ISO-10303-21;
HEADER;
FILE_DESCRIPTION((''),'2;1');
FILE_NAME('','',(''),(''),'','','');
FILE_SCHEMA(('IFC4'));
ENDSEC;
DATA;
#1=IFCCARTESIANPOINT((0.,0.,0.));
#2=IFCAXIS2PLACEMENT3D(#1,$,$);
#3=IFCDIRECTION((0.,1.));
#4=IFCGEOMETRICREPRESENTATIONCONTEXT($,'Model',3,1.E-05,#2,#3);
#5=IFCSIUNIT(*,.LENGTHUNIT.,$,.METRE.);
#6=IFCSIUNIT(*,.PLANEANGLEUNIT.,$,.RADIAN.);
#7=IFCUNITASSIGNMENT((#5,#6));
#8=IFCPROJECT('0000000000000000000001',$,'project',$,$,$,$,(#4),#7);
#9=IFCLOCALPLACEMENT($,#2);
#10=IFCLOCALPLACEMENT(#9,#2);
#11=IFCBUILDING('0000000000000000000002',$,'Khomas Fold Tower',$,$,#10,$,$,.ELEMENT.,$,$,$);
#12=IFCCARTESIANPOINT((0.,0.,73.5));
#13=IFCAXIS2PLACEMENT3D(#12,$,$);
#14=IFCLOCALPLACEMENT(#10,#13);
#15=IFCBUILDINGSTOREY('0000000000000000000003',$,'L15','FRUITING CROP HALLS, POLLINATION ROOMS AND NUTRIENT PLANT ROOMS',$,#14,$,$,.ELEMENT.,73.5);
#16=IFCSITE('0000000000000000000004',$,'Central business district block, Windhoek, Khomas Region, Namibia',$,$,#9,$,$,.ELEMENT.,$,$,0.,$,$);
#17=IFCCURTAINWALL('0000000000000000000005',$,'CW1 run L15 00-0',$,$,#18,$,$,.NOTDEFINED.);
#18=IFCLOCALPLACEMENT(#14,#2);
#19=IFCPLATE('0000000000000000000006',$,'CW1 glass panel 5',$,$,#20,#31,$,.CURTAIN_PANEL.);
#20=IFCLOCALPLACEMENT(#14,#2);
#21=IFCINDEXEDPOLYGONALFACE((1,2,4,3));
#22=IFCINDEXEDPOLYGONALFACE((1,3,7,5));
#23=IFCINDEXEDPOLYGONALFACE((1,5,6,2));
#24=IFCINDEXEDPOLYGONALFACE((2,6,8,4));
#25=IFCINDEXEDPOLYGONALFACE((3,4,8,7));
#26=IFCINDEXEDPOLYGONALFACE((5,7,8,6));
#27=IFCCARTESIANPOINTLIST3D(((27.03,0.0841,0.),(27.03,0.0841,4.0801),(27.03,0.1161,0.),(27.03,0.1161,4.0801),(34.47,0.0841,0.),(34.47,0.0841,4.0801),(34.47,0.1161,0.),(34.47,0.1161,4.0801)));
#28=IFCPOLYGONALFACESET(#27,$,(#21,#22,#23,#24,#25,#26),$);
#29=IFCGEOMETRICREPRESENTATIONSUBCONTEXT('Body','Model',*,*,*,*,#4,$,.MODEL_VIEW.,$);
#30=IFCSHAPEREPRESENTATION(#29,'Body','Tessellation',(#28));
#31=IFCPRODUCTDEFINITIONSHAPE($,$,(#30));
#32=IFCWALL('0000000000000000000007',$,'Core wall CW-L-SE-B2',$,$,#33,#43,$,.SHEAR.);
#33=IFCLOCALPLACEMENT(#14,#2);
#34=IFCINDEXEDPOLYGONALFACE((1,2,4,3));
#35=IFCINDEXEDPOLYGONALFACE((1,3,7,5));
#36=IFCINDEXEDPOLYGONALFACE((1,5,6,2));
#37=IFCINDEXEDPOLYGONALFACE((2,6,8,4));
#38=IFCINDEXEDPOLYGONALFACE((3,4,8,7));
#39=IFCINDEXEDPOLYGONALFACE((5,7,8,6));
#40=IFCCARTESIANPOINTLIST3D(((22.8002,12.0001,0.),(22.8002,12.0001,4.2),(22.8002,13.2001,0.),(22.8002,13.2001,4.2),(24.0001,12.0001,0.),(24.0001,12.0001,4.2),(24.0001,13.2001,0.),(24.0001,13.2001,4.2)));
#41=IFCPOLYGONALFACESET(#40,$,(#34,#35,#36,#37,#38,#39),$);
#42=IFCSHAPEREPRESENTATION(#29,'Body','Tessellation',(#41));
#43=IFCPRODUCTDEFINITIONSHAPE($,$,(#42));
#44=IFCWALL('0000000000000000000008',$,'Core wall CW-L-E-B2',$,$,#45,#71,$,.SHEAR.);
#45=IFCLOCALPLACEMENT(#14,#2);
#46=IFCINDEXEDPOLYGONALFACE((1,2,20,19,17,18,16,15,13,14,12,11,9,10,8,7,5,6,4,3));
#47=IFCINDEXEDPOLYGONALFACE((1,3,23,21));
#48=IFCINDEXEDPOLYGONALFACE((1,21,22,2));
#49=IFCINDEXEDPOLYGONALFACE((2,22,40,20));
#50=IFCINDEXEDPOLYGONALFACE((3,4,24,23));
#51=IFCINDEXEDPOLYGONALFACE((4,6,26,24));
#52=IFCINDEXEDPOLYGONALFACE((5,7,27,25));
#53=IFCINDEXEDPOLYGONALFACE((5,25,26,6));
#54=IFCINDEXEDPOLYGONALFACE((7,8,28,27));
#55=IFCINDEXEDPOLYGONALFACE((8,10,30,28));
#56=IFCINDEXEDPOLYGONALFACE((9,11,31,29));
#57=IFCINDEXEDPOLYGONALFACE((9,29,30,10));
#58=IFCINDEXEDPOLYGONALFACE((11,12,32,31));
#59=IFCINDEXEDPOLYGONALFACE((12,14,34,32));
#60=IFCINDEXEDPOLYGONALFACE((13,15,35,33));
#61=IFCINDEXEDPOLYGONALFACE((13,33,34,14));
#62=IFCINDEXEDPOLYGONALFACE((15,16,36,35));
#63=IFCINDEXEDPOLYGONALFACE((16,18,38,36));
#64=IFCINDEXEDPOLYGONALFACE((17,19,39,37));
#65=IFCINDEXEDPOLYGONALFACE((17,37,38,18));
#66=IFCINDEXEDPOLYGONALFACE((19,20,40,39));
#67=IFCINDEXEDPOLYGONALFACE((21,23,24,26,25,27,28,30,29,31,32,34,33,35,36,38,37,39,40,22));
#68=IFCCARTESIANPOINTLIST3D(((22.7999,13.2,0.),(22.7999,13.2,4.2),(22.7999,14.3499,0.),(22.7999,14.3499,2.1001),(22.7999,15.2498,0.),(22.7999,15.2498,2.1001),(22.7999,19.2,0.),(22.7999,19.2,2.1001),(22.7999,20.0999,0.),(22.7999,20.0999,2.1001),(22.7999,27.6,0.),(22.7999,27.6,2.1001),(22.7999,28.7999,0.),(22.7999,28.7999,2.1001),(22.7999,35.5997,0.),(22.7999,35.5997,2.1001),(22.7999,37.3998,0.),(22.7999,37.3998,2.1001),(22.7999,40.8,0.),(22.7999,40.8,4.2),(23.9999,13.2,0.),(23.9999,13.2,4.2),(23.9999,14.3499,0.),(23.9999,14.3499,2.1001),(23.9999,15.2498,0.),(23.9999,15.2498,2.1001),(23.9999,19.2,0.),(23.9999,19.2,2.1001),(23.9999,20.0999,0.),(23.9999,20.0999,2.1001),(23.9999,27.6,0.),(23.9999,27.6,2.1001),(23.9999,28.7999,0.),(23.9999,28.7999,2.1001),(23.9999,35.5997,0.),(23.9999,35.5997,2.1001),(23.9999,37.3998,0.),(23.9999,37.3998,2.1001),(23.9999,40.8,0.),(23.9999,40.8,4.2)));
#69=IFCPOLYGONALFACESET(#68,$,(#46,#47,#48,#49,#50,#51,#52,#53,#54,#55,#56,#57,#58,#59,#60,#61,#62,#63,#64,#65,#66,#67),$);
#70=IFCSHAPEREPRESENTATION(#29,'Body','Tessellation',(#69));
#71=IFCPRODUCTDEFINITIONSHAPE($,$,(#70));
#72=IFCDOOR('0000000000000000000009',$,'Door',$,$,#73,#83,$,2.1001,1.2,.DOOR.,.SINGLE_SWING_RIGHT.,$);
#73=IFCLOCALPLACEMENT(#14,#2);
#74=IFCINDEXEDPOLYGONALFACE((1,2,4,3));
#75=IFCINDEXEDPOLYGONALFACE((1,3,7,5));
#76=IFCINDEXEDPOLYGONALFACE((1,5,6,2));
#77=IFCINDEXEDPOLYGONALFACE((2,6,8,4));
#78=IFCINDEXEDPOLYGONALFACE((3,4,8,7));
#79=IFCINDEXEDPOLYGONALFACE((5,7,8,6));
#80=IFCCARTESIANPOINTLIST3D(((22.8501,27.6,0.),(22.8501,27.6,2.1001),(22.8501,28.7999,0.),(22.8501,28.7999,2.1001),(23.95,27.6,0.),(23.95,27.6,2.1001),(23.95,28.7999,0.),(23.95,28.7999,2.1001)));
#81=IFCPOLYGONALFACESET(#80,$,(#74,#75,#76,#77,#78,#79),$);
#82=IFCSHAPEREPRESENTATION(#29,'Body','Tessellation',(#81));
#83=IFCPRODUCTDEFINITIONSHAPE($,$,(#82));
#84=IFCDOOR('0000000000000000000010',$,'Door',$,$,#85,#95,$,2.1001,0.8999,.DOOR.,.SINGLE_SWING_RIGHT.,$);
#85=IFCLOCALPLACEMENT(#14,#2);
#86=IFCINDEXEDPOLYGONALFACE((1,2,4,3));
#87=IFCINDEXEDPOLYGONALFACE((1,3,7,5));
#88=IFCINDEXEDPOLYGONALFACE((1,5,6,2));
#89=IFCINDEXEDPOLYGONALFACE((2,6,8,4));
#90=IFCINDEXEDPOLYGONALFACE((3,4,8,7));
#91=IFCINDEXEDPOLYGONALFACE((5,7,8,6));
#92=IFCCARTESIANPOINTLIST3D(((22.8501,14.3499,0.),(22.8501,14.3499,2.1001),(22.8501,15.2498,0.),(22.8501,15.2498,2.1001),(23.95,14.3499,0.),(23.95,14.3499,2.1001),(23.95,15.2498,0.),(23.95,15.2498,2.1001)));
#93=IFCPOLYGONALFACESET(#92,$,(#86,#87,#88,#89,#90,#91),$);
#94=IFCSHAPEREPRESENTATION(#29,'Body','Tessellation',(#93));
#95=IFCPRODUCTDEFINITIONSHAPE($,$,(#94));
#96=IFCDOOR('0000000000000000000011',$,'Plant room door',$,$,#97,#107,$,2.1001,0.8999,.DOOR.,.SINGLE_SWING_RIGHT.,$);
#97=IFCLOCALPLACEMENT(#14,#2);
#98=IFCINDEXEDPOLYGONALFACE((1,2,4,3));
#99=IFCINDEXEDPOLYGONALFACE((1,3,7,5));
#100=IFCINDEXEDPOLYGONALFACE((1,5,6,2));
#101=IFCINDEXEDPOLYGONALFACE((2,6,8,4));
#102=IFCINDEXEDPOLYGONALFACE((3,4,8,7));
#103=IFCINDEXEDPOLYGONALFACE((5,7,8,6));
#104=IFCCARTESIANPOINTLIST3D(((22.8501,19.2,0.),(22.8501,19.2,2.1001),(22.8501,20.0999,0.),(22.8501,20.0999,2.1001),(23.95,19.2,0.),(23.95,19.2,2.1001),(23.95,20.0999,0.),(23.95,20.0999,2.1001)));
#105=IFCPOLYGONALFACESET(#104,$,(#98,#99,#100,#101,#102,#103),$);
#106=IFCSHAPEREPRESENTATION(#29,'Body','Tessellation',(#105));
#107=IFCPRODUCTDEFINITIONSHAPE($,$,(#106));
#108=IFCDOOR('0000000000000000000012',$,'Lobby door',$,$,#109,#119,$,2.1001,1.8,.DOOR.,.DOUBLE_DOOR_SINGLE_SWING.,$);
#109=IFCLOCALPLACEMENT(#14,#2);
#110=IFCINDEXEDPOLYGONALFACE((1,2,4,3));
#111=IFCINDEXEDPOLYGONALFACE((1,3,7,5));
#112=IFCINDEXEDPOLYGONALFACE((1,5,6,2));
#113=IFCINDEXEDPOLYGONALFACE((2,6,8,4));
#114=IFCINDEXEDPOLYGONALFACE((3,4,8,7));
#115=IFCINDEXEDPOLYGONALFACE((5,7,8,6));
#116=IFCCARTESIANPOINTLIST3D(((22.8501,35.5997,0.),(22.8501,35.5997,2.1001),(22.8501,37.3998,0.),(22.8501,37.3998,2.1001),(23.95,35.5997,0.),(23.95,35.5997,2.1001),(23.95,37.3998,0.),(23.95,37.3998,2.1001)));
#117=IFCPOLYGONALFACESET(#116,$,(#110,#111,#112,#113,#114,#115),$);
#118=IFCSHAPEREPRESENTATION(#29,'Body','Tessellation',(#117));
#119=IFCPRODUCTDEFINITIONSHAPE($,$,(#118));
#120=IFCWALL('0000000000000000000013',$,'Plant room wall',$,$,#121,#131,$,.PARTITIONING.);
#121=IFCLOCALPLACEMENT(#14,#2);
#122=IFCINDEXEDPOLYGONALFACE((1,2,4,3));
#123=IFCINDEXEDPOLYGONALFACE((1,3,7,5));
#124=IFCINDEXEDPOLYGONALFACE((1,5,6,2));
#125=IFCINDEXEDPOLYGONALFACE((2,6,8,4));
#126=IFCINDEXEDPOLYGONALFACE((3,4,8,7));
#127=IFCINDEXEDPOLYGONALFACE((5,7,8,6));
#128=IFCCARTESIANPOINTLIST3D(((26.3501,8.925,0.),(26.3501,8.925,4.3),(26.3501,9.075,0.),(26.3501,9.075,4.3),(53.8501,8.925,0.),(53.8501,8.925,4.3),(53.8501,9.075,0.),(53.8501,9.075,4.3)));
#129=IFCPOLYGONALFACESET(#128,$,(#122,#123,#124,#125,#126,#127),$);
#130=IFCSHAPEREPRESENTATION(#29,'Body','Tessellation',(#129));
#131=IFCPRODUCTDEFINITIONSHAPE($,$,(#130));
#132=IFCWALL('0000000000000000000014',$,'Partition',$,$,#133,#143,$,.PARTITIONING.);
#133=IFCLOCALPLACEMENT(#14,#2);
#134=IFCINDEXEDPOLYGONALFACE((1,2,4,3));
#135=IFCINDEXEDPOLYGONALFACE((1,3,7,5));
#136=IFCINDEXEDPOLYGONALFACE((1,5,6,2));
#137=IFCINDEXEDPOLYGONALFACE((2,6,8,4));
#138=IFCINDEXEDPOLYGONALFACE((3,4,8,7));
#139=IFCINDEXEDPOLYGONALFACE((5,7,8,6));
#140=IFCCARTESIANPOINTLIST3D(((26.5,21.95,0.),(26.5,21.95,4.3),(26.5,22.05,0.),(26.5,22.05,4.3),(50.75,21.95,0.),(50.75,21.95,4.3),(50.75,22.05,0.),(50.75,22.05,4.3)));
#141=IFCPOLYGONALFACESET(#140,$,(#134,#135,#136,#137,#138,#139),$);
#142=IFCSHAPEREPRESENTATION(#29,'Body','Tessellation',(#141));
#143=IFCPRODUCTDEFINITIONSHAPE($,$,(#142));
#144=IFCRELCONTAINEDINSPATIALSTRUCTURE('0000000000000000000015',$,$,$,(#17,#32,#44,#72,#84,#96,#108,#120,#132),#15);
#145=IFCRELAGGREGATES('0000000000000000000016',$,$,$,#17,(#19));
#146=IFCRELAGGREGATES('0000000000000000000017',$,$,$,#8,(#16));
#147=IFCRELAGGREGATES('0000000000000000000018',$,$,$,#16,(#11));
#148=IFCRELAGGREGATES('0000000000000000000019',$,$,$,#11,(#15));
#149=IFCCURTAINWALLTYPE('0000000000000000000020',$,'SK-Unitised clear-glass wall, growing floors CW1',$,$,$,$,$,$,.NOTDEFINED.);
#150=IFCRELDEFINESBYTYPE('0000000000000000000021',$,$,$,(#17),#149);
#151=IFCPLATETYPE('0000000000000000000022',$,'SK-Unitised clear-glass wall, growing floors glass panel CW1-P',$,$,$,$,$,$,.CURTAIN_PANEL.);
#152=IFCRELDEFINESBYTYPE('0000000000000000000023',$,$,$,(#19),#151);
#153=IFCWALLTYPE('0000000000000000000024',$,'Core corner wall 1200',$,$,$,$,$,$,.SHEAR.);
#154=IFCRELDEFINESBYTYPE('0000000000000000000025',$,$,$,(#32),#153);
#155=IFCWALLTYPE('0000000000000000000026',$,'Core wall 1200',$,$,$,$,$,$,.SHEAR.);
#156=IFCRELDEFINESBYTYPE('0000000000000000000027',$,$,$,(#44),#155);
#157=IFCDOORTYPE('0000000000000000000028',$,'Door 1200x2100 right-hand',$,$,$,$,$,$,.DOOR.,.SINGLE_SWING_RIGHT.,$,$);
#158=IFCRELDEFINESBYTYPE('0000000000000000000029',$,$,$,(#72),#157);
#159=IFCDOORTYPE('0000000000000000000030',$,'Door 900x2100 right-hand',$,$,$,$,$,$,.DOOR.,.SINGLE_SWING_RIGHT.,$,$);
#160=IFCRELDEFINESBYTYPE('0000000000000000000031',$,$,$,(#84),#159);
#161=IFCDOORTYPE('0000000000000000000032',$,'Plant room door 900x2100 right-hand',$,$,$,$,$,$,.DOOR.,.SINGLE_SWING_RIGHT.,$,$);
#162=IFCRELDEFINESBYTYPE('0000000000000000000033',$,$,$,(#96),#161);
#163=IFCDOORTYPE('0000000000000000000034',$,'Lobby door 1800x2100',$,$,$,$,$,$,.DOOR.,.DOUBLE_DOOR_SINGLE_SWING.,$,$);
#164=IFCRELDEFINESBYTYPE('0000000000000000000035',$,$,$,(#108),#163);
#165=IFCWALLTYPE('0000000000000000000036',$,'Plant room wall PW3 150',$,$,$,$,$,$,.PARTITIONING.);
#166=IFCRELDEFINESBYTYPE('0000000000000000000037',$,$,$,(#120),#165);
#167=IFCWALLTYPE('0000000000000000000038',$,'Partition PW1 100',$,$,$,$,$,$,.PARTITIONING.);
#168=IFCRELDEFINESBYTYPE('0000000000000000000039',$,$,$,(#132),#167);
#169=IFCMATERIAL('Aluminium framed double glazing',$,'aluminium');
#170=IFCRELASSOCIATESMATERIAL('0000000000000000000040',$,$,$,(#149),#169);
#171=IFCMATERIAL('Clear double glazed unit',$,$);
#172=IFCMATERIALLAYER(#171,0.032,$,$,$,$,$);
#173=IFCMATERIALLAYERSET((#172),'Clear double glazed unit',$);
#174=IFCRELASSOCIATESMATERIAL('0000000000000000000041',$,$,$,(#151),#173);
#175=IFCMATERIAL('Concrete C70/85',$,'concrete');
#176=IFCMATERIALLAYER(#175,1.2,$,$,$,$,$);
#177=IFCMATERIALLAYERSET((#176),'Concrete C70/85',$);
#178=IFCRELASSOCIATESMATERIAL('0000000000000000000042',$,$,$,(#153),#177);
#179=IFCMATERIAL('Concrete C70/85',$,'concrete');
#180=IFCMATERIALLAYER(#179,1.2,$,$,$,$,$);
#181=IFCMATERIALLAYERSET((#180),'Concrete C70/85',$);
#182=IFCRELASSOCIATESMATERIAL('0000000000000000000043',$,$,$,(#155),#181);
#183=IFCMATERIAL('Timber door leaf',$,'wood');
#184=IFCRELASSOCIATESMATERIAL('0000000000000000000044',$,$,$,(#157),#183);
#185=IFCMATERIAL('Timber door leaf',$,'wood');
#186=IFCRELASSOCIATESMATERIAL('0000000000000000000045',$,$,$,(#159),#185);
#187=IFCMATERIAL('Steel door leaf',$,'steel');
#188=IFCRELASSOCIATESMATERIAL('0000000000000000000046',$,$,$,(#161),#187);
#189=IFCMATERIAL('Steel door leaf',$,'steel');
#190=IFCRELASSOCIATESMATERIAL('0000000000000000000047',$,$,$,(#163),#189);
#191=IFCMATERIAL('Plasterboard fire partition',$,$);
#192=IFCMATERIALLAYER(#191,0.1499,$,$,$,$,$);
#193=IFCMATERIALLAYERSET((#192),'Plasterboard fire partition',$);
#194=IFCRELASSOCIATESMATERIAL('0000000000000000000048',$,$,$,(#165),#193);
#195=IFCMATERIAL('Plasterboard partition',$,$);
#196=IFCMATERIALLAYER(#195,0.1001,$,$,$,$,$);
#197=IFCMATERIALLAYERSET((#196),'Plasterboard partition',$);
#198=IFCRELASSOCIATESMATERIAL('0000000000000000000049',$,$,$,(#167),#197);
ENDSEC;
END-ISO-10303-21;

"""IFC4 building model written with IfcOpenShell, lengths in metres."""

from ifc_helpers import new_model, si_unit, direction, frame, frame_2d, origin, origin_2d, place, context, subcontext, project, spatial, rectangle, extrude, source, transform, mapped, material, layer, layer_set, type_object, element, fill, aggregate, save


model = new_model("IFC4")

# Units and contexts
model_context = context("Model", 3, precision=1e-05, world=origin(), true_north=direction((0.0, 1.0)))
body_context = subcontext(model_context, "Body", "Model", "MODEL_VIEW")
ifc_project = project(units=[si_unit("LENGTHUNIT", "METRE"), si_unit("PLANEANGLEUNIT", "RADIAN")], contexts=[model_context])

# Site, building, storey
site_placement = place(None, origin())
site = spatial("IfcSite", under=ifc_project, at=site_placement, Name="Central business district block, Windhoek, Khomas Region, Namibia", CompositionType="ELEMENT", RefElevation=0.0)
building_placement = place(site_placement, origin())
building = spatial("IfcBuilding", under=site, at=building_placement, Name="Khomas Fold Tower", CompositionType="ELEMENT")
storey_placement = place(building_placement, frame((0.0, 0.0, 73.5)))
storey = spatial("IfcBuildingStorey", under=building, at=storey_placement, Name="L15", Description="FRUITING CROP HALLS, POLLINATION ROOMS AND NUTRIENT PLANT ROOMS", CompositionType="ELEMENT", Elevation=73.5)

# Curtain wall, plate
ifc_material_1 = material(Name="Aluminium framed double glazing", Category="aluminium")
curtain_wall_type = type_object("IfcCurtainWallType", Name="SK-Unitised clear-glass wall, growing floors CW1", PredefinedType="NOTDEFINED", material=ifc_material_1)
curtain_wall_placement = place(storey_placement, origin())
curtain_wall = element("IfcCurtainWall", 1, at=curtain_wall_placement, inside=storey, type_object=curtain_wall_type, Name="CW1 run L15 00-0", PredefinedType="NOTDEFINED")
ifc_material_2 = material(Name="Clear double glazed unit")
ifc_layer_1 = layer(ifc_material_2, 0.032)
ifc_layer_set_1 = layer_set([ifc_layer_1], Name="Clear double glazed unit")
plate_type = type_object("IfcPlateType", Name="SK-Unitised clear-glass wall, growing floors glass panel CW1-P", PredefinedType="CURTAIN_PANEL", material=ifc_layer_set_1)
shared_shape_1 = source(origin(), body_context, "Body", "SweptSolid", [
    extrude(rectangle(XDim=7.4399, YDim=0.032, at=origin_2d()), origin(), (0.0, 0.0, 1.0), 4.0801),
])
plate_placement = place(storey_placement, frame((30.75, 0.1001, 0.0), z_axis=(0.0, 0.0, 1.0), x_axis=(1.0, 0.0, 0.0)))
plate = element("IfcPlate", 2, at=plate_placement, type_object=plate_type, Name="CW1 glass panel 5", PredefinedType="CURTAIN_PANEL", context=body_context, shape_type="MappedRepresentation", body=[
    mapped(shared_shape_1, transform((0.0, 0.0, 0.0))),
])
aggregate(curtain_wall, [plate])

# Wall
ifc_material_3 = material(Name="Concrete C70/85", Category="concrete")
ifc_layer_2 = layer(ifc_material_3, 1.2)
ifc_layer_set_2 = layer_set([ifc_layer_2], Name="Concrete C70/85")
wall_type_1 = type_object("IfcWallType", Name="Core corner wall 1200", PredefinedType="SHEAR", material=ifc_layer_set_2)
shared_shape_2 = source(origin(), body_context, "Body", "SweptSolid", [
    extrude(rectangle(XDim=1.2, YDim=1.2, at=frame_2d((0.6001, 0.0))), origin(), (0.0, 0.0, 1.0), 4.2),
])
wall_1_placement = place(storey_placement, frame((22.8, 12.6001, 0.0), z_axis=(0.0, 0.0, 1.0), x_axis=(1.0, 0.0, 0.0)))
element("IfcWall", 3, at=wall_1_placement, inside=storey, type_object=wall_type_1, Name="Core wall CW-L-SE-B2", PredefinedType="SHEAR", context=body_context, shape_type="MappedRepresentation", body=[
    mapped(shared_shape_2, transform((0.0, 0.0, 0.0))),
])

# Wall, openings, doors
ifc_material_4 = material(Name="Concrete C70/85", Category="concrete")
ifc_layer_3 = layer(ifc_material_4, 1.2)
ifc_layer_set_3 = layer_set([ifc_layer_3], Name="Concrete C70/85")
wall_type_2 = type_object("IfcWallType", Name="Core wall 1200", PredefinedType="SHEAR", material=ifc_layer_set_3)
shared_shape_3 = source(origin(), body_context, "Body", "SweptSolid", [
    extrude(rectangle(XDim=27.6001, YDim=1.2, at=frame_2d((13.8, 0.0))), origin(), (0.0, 0.0, 1.0), 4.2),
])
wall_2_placement = place(storey_placement, frame((23.3999, 13.2, 0.0), z_axis=(0.0, 0.0, 1.0), x_axis=(0.0, 1.0, 0.0)))
wall_2 = element("IfcWall", 4, at=wall_2_placement, inside=storey, type_object=wall_type_2, Name="Core wall CW-L-E-B2", PredefinedType="SHEAR", context=body_context, shape_type="MappedRepresentation", body=[
    mapped(shared_shape_3, transform((0.0, 0.0, 0.0))),
])
shared_shape_4 = source(origin(), body_context, "Body", "SweptSolid", [
    extrude(rectangle(XDim=1.8, YDim=2.1001, at=frame_2d((0.8999, 1.05))), frame((0.0, 0.6099, 0.0), z_axis=(0.0, -1.0, 0.0), x_axis=(1.0, 0.0, 0.0)), (0.0, 0.0, 1.0), 1.22),
])
opening_1_placement = place(wall_2_placement, frame((22.3999, 0.0, 0.0)))
opening_1 = element("IfcOpeningElement", 5, at=opening_1_placement, cuts=wall_2, PredefinedType="OPENING", context=body_context, shape_type="MappedRepresentation", body=[
    mapped(shared_shape_4, transform((0.0, 0.0, 0.0))),
])
shared_shape_5 = source(origin(), body_context, "Body", "SweptSolid", [
    extrude(rectangle(XDim=1.2, YDim=2.1001, at=frame_2d((0.6001, 1.05))), frame((0.0, 0.6099, 0.0), z_axis=(0.0, -1.0, 0.0), x_axis=(1.0, 0.0, 0.0)), (0.0, 0.0, 1.0), 1.22),
])
opening_2_placement = place(wall_2_placement, frame((14.3999, 0.0, 0.0)))
opening_2 = element("IfcOpeningElement", 6, at=opening_2_placement, cuts=wall_2, PredefinedType="OPENING", context=body_context, shape_type="MappedRepresentation", body=[
    mapped(shared_shape_5, transform((0.0, 0.0, 0.0))),
])
shared_shape_6 = source(origin(), body_context, "Body", "SweptSolid", [
    extrude(rectangle(XDim=0.8999, YDim=2.1001, at=frame_2d((0.45, 1.05))), frame((0.0, 0.6099, 0.0), z_axis=(0.0, -1.0, 0.0), x_axis=(1.0, 0.0, 0.0)), (0.0, 0.0, 1.0), 1.22),
])
opening_3_placement = place(wall_2_placement, frame((1.1499, 0.0, 0.0)))
opening_3 = element("IfcOpeningElement", 7, at=opening_3_placement, cuts=wall_2, PredefinedType="OPENING", context=body_context, shape_type="MappedRepresentation", body=[
    mapped(shared_shape_6, transform((0.0, 0.0, 0.0))),
])
opening_4_placement = place(wall_2_placement, frame((6.0, 0.0, 0.0)))
opening_4 = element("IfcOpeningElement", 8, at=opening_4_placement, cuts=wall_2, PredefinedType="OPENING", context=body_context, shape_type="MappedRepresentation", body=[
    mapped(shared_shape_6, transform((0.0, 0.0, 0.0))),
])
ifc_material_5 = material(Name="Timber door leaf", Category="wood")
door_type_1 = type_object("IfcDoorType", Name="Door 1200x2100 right-hand", OperationType="SINGLE_SWING_RIGHT", PredefinedType="DOOR", material=ifc_material_5)
shared_shape_7 = source(origin(), body_context, "Body", "SweptSolid", [
    extrude(rectangle(XDim=1.2, YDim=2.1001, at=frame_2d((0.6001, 1.05))), frame((0.0, 0.5498, 0.0), z_axis=(0.0, -1.0, 0.0), x_axis=(1.0, 0.0, 0.0)), (0.0, 0.0, 1.0), 1.0999),
])
door_1_placement = place(opening_2_placement, origin())
door_1 = element("IfcDoor", 9, at=door_1_placement, inside=storey, type_object=door_type_1, Name="Door", OperationType="SINGLE_SWING_RIGHT", OverallHeight=2.1001, OverallWidth=1.2, PredefinedType="DOOR", context=body_context, shape_type="MappedRepresentation", body=[
    mapped(shared_shape_7, transform((0.0, 0.0, 0.0))),
])
fill(opening_2, door_1)
ifc_material_6 = material(Name="Timber door leaf", Category="wood")
door_type_2 = type_object("IfcDoorType", Name="Door 900x2100 right-hand", OperationType="SINGLE_SWING_RIGHT", PredefinedType="DOOR", material=ifc_material_6)
shared_shape_8 = source(origin(), body_context, "Body", "SweptSolid", [
    extrude(rectangle(XDim=0.8999, YDim=2.1001, at=frame_2d((0.45, 1.05))), frame((0.0, 0.5498, 0.0), z_axis=(0.0, -1.0, 0.0), x_axis=(1.0, 0.0, 0.0)), (0.0, 0.0, 1.0), 1.0999),
])
door_2_placement = place(opening_3_placement, origin())
door_2 = element("IfcDoor", 10, at=door_2_placement, inside=storey, type_object=door_type_2, Name="Door", OperationType="SINGLE_SWING_RIGHT", OverallHeight=2.1001, OverallWidth=0.8999, PredefinedType="DOOR", context=body_context, shape_type="MappedRepresentation", body=[
    mapped(shared_shape_8, transform((0.0, 0.0, 0.0))),
])
fill(opening_3, door_2)
ifc_material_7 = material(Name="Steel door leaf", Category="steel")
door_type_3 = type_object("IfcDoorType", Name="Plant room door 900x2100 right-hand", OperationType="SINGLE_SWING_RIGHT", PredefinedType="DOOR", material=ifc_material_7)
door_3_placement = place(opening_4_placement, origin())
door_3 = element("IfcDoor", 11, at=door_3_placement, inside=storey, type_object=door_type_3, Name="Plant room door", OperationType="SINGLE_SWING_RIGHT", OverallHeight=2.1001, OverallWidth=0.8999, PredefinedType="DOOR", context=body_context, shape_type="MappedRepresentation", body=[
    mapped(shared_shape_8, transform((0.0, 0.0, 0.0))),
])
fill(opening_4, door_3)
ifc_material_8 = material(Name="Steel door leaf", Category="steel")
door_type_4 = type_object("IfcDoorType", Name="Lobby door 1800x2100", OperationType="DOUBLE_DOOR_SINGLE_SWING", PredefinedType="DOOR", material=ifc_material_8)
shared_shape_9 = source(origin(), body_context, "Body", "SweptSolid", [
    extrude(rectangle(XDim=1.8, YDim=2.1001, at=frame_2d((0.8999, 1.05))), frame((0.0, 0.5498, 0.0), z_axis=(0.0, -1.0, 0.0), x_axis=(1.0, 0.0, 0.0)), (0.0, 0.0, 1.0), 1.0999),
])
door_4_placement = place(opening_1_placement, origin())
door_4 = element("IfcDoor", 12, at=door_4_placement, inside=storey, type_object=door_type_4, Name="Lobby door", OperationType="DOUBLE_DOOR_SINGLE_SWING", OverallHeight=2.1001, OverallWidth=1.8, PredefinedType="DOOR", context=body_context, shape_type="MappedRepresentation", body=[
    mapped(shared_shape_9, transform((0.0, 0.0, 0.0))),
])
fill(opening_1, door_4)

# Walls
ifc_material_9 = material(Name="Plasterboard fire partition")
ifc_layer_4 = layer(ifc_material_9, 0.1499)
ifc_layer_set_4 = layer_set([ifc_layer_4], Name="Plasterboard fire partition")
wall_type_3 = type_object("IfcWallType", Name="Plant room wall PW3 150", PredefinedType="PARTITIONING", material=ifc_layer_set_4)
shared_shape_10 = source(origin(), body_context, "Body", "SweptSolid", [
    extrude(rectangle(XDim=27.5, YDim=0.1499, at=frame_2d((13.75, 0.0))), origin(), (0.0, 0.0, 1.0), 4.3),
])
wall_3_placement = place(storey_placement, frame((26.3501, 9.0, 0.0), z_axis=(0.0, 0.0, 1.0), x_axis=(1.0, 0.0, 0.0)))
element("IfcWall", 13, at=wall_3_placement, inside=storey, type_object=wall_type_3, Name="Plant room wall", PredefinedType="PARTITIONING", context=body_context, shape_type="MappedRepresentation", body=[
    mapped(shared_shape_10, transform((0.0, 0.0, 0.0))),
])
ifc_material_10 = material(Name="Plasterboard partition")
ifc_layer_5 = layer(ifc_material_10, 0.1001)
ifc_layer_set_5 = layer_set([ifc_layer_5], Name="Plasterboard partition")
wall_type_4 = type_object("IfcWallType", Name="Partition PW1 100", PredefinedType="PARTITIONING", material=ifc_layer_set_5)
shared_shape_11 = source(origin(), body_context, "Body", "SweptSolid", [
    extrude(rectangle(XDim=24.25, YDim=0.1001, at=frame_2d((12.125, 0.0))), origin(), (0.0, 0.0, 1.0), 4.3),
])
wall_4_placement = place(storey_placement, frame((26.5, 22.0, 0.0), z_axis=(0.0, 0.0, 1.0), x_axis=(1.0, 0.0, 0.0)))
element("IfcWall", 14, at=wall_4_placement, inside=storey, type_object=wall_type_4, Name="Partition", PredefinedType="PARTITIONING", context=body_context, shape_type="MappedRepresentation", body=[
    mapped(shared_shape_11, transform((0.0, 0.0, 0.0))),
])

save(model, "model.ifc")
